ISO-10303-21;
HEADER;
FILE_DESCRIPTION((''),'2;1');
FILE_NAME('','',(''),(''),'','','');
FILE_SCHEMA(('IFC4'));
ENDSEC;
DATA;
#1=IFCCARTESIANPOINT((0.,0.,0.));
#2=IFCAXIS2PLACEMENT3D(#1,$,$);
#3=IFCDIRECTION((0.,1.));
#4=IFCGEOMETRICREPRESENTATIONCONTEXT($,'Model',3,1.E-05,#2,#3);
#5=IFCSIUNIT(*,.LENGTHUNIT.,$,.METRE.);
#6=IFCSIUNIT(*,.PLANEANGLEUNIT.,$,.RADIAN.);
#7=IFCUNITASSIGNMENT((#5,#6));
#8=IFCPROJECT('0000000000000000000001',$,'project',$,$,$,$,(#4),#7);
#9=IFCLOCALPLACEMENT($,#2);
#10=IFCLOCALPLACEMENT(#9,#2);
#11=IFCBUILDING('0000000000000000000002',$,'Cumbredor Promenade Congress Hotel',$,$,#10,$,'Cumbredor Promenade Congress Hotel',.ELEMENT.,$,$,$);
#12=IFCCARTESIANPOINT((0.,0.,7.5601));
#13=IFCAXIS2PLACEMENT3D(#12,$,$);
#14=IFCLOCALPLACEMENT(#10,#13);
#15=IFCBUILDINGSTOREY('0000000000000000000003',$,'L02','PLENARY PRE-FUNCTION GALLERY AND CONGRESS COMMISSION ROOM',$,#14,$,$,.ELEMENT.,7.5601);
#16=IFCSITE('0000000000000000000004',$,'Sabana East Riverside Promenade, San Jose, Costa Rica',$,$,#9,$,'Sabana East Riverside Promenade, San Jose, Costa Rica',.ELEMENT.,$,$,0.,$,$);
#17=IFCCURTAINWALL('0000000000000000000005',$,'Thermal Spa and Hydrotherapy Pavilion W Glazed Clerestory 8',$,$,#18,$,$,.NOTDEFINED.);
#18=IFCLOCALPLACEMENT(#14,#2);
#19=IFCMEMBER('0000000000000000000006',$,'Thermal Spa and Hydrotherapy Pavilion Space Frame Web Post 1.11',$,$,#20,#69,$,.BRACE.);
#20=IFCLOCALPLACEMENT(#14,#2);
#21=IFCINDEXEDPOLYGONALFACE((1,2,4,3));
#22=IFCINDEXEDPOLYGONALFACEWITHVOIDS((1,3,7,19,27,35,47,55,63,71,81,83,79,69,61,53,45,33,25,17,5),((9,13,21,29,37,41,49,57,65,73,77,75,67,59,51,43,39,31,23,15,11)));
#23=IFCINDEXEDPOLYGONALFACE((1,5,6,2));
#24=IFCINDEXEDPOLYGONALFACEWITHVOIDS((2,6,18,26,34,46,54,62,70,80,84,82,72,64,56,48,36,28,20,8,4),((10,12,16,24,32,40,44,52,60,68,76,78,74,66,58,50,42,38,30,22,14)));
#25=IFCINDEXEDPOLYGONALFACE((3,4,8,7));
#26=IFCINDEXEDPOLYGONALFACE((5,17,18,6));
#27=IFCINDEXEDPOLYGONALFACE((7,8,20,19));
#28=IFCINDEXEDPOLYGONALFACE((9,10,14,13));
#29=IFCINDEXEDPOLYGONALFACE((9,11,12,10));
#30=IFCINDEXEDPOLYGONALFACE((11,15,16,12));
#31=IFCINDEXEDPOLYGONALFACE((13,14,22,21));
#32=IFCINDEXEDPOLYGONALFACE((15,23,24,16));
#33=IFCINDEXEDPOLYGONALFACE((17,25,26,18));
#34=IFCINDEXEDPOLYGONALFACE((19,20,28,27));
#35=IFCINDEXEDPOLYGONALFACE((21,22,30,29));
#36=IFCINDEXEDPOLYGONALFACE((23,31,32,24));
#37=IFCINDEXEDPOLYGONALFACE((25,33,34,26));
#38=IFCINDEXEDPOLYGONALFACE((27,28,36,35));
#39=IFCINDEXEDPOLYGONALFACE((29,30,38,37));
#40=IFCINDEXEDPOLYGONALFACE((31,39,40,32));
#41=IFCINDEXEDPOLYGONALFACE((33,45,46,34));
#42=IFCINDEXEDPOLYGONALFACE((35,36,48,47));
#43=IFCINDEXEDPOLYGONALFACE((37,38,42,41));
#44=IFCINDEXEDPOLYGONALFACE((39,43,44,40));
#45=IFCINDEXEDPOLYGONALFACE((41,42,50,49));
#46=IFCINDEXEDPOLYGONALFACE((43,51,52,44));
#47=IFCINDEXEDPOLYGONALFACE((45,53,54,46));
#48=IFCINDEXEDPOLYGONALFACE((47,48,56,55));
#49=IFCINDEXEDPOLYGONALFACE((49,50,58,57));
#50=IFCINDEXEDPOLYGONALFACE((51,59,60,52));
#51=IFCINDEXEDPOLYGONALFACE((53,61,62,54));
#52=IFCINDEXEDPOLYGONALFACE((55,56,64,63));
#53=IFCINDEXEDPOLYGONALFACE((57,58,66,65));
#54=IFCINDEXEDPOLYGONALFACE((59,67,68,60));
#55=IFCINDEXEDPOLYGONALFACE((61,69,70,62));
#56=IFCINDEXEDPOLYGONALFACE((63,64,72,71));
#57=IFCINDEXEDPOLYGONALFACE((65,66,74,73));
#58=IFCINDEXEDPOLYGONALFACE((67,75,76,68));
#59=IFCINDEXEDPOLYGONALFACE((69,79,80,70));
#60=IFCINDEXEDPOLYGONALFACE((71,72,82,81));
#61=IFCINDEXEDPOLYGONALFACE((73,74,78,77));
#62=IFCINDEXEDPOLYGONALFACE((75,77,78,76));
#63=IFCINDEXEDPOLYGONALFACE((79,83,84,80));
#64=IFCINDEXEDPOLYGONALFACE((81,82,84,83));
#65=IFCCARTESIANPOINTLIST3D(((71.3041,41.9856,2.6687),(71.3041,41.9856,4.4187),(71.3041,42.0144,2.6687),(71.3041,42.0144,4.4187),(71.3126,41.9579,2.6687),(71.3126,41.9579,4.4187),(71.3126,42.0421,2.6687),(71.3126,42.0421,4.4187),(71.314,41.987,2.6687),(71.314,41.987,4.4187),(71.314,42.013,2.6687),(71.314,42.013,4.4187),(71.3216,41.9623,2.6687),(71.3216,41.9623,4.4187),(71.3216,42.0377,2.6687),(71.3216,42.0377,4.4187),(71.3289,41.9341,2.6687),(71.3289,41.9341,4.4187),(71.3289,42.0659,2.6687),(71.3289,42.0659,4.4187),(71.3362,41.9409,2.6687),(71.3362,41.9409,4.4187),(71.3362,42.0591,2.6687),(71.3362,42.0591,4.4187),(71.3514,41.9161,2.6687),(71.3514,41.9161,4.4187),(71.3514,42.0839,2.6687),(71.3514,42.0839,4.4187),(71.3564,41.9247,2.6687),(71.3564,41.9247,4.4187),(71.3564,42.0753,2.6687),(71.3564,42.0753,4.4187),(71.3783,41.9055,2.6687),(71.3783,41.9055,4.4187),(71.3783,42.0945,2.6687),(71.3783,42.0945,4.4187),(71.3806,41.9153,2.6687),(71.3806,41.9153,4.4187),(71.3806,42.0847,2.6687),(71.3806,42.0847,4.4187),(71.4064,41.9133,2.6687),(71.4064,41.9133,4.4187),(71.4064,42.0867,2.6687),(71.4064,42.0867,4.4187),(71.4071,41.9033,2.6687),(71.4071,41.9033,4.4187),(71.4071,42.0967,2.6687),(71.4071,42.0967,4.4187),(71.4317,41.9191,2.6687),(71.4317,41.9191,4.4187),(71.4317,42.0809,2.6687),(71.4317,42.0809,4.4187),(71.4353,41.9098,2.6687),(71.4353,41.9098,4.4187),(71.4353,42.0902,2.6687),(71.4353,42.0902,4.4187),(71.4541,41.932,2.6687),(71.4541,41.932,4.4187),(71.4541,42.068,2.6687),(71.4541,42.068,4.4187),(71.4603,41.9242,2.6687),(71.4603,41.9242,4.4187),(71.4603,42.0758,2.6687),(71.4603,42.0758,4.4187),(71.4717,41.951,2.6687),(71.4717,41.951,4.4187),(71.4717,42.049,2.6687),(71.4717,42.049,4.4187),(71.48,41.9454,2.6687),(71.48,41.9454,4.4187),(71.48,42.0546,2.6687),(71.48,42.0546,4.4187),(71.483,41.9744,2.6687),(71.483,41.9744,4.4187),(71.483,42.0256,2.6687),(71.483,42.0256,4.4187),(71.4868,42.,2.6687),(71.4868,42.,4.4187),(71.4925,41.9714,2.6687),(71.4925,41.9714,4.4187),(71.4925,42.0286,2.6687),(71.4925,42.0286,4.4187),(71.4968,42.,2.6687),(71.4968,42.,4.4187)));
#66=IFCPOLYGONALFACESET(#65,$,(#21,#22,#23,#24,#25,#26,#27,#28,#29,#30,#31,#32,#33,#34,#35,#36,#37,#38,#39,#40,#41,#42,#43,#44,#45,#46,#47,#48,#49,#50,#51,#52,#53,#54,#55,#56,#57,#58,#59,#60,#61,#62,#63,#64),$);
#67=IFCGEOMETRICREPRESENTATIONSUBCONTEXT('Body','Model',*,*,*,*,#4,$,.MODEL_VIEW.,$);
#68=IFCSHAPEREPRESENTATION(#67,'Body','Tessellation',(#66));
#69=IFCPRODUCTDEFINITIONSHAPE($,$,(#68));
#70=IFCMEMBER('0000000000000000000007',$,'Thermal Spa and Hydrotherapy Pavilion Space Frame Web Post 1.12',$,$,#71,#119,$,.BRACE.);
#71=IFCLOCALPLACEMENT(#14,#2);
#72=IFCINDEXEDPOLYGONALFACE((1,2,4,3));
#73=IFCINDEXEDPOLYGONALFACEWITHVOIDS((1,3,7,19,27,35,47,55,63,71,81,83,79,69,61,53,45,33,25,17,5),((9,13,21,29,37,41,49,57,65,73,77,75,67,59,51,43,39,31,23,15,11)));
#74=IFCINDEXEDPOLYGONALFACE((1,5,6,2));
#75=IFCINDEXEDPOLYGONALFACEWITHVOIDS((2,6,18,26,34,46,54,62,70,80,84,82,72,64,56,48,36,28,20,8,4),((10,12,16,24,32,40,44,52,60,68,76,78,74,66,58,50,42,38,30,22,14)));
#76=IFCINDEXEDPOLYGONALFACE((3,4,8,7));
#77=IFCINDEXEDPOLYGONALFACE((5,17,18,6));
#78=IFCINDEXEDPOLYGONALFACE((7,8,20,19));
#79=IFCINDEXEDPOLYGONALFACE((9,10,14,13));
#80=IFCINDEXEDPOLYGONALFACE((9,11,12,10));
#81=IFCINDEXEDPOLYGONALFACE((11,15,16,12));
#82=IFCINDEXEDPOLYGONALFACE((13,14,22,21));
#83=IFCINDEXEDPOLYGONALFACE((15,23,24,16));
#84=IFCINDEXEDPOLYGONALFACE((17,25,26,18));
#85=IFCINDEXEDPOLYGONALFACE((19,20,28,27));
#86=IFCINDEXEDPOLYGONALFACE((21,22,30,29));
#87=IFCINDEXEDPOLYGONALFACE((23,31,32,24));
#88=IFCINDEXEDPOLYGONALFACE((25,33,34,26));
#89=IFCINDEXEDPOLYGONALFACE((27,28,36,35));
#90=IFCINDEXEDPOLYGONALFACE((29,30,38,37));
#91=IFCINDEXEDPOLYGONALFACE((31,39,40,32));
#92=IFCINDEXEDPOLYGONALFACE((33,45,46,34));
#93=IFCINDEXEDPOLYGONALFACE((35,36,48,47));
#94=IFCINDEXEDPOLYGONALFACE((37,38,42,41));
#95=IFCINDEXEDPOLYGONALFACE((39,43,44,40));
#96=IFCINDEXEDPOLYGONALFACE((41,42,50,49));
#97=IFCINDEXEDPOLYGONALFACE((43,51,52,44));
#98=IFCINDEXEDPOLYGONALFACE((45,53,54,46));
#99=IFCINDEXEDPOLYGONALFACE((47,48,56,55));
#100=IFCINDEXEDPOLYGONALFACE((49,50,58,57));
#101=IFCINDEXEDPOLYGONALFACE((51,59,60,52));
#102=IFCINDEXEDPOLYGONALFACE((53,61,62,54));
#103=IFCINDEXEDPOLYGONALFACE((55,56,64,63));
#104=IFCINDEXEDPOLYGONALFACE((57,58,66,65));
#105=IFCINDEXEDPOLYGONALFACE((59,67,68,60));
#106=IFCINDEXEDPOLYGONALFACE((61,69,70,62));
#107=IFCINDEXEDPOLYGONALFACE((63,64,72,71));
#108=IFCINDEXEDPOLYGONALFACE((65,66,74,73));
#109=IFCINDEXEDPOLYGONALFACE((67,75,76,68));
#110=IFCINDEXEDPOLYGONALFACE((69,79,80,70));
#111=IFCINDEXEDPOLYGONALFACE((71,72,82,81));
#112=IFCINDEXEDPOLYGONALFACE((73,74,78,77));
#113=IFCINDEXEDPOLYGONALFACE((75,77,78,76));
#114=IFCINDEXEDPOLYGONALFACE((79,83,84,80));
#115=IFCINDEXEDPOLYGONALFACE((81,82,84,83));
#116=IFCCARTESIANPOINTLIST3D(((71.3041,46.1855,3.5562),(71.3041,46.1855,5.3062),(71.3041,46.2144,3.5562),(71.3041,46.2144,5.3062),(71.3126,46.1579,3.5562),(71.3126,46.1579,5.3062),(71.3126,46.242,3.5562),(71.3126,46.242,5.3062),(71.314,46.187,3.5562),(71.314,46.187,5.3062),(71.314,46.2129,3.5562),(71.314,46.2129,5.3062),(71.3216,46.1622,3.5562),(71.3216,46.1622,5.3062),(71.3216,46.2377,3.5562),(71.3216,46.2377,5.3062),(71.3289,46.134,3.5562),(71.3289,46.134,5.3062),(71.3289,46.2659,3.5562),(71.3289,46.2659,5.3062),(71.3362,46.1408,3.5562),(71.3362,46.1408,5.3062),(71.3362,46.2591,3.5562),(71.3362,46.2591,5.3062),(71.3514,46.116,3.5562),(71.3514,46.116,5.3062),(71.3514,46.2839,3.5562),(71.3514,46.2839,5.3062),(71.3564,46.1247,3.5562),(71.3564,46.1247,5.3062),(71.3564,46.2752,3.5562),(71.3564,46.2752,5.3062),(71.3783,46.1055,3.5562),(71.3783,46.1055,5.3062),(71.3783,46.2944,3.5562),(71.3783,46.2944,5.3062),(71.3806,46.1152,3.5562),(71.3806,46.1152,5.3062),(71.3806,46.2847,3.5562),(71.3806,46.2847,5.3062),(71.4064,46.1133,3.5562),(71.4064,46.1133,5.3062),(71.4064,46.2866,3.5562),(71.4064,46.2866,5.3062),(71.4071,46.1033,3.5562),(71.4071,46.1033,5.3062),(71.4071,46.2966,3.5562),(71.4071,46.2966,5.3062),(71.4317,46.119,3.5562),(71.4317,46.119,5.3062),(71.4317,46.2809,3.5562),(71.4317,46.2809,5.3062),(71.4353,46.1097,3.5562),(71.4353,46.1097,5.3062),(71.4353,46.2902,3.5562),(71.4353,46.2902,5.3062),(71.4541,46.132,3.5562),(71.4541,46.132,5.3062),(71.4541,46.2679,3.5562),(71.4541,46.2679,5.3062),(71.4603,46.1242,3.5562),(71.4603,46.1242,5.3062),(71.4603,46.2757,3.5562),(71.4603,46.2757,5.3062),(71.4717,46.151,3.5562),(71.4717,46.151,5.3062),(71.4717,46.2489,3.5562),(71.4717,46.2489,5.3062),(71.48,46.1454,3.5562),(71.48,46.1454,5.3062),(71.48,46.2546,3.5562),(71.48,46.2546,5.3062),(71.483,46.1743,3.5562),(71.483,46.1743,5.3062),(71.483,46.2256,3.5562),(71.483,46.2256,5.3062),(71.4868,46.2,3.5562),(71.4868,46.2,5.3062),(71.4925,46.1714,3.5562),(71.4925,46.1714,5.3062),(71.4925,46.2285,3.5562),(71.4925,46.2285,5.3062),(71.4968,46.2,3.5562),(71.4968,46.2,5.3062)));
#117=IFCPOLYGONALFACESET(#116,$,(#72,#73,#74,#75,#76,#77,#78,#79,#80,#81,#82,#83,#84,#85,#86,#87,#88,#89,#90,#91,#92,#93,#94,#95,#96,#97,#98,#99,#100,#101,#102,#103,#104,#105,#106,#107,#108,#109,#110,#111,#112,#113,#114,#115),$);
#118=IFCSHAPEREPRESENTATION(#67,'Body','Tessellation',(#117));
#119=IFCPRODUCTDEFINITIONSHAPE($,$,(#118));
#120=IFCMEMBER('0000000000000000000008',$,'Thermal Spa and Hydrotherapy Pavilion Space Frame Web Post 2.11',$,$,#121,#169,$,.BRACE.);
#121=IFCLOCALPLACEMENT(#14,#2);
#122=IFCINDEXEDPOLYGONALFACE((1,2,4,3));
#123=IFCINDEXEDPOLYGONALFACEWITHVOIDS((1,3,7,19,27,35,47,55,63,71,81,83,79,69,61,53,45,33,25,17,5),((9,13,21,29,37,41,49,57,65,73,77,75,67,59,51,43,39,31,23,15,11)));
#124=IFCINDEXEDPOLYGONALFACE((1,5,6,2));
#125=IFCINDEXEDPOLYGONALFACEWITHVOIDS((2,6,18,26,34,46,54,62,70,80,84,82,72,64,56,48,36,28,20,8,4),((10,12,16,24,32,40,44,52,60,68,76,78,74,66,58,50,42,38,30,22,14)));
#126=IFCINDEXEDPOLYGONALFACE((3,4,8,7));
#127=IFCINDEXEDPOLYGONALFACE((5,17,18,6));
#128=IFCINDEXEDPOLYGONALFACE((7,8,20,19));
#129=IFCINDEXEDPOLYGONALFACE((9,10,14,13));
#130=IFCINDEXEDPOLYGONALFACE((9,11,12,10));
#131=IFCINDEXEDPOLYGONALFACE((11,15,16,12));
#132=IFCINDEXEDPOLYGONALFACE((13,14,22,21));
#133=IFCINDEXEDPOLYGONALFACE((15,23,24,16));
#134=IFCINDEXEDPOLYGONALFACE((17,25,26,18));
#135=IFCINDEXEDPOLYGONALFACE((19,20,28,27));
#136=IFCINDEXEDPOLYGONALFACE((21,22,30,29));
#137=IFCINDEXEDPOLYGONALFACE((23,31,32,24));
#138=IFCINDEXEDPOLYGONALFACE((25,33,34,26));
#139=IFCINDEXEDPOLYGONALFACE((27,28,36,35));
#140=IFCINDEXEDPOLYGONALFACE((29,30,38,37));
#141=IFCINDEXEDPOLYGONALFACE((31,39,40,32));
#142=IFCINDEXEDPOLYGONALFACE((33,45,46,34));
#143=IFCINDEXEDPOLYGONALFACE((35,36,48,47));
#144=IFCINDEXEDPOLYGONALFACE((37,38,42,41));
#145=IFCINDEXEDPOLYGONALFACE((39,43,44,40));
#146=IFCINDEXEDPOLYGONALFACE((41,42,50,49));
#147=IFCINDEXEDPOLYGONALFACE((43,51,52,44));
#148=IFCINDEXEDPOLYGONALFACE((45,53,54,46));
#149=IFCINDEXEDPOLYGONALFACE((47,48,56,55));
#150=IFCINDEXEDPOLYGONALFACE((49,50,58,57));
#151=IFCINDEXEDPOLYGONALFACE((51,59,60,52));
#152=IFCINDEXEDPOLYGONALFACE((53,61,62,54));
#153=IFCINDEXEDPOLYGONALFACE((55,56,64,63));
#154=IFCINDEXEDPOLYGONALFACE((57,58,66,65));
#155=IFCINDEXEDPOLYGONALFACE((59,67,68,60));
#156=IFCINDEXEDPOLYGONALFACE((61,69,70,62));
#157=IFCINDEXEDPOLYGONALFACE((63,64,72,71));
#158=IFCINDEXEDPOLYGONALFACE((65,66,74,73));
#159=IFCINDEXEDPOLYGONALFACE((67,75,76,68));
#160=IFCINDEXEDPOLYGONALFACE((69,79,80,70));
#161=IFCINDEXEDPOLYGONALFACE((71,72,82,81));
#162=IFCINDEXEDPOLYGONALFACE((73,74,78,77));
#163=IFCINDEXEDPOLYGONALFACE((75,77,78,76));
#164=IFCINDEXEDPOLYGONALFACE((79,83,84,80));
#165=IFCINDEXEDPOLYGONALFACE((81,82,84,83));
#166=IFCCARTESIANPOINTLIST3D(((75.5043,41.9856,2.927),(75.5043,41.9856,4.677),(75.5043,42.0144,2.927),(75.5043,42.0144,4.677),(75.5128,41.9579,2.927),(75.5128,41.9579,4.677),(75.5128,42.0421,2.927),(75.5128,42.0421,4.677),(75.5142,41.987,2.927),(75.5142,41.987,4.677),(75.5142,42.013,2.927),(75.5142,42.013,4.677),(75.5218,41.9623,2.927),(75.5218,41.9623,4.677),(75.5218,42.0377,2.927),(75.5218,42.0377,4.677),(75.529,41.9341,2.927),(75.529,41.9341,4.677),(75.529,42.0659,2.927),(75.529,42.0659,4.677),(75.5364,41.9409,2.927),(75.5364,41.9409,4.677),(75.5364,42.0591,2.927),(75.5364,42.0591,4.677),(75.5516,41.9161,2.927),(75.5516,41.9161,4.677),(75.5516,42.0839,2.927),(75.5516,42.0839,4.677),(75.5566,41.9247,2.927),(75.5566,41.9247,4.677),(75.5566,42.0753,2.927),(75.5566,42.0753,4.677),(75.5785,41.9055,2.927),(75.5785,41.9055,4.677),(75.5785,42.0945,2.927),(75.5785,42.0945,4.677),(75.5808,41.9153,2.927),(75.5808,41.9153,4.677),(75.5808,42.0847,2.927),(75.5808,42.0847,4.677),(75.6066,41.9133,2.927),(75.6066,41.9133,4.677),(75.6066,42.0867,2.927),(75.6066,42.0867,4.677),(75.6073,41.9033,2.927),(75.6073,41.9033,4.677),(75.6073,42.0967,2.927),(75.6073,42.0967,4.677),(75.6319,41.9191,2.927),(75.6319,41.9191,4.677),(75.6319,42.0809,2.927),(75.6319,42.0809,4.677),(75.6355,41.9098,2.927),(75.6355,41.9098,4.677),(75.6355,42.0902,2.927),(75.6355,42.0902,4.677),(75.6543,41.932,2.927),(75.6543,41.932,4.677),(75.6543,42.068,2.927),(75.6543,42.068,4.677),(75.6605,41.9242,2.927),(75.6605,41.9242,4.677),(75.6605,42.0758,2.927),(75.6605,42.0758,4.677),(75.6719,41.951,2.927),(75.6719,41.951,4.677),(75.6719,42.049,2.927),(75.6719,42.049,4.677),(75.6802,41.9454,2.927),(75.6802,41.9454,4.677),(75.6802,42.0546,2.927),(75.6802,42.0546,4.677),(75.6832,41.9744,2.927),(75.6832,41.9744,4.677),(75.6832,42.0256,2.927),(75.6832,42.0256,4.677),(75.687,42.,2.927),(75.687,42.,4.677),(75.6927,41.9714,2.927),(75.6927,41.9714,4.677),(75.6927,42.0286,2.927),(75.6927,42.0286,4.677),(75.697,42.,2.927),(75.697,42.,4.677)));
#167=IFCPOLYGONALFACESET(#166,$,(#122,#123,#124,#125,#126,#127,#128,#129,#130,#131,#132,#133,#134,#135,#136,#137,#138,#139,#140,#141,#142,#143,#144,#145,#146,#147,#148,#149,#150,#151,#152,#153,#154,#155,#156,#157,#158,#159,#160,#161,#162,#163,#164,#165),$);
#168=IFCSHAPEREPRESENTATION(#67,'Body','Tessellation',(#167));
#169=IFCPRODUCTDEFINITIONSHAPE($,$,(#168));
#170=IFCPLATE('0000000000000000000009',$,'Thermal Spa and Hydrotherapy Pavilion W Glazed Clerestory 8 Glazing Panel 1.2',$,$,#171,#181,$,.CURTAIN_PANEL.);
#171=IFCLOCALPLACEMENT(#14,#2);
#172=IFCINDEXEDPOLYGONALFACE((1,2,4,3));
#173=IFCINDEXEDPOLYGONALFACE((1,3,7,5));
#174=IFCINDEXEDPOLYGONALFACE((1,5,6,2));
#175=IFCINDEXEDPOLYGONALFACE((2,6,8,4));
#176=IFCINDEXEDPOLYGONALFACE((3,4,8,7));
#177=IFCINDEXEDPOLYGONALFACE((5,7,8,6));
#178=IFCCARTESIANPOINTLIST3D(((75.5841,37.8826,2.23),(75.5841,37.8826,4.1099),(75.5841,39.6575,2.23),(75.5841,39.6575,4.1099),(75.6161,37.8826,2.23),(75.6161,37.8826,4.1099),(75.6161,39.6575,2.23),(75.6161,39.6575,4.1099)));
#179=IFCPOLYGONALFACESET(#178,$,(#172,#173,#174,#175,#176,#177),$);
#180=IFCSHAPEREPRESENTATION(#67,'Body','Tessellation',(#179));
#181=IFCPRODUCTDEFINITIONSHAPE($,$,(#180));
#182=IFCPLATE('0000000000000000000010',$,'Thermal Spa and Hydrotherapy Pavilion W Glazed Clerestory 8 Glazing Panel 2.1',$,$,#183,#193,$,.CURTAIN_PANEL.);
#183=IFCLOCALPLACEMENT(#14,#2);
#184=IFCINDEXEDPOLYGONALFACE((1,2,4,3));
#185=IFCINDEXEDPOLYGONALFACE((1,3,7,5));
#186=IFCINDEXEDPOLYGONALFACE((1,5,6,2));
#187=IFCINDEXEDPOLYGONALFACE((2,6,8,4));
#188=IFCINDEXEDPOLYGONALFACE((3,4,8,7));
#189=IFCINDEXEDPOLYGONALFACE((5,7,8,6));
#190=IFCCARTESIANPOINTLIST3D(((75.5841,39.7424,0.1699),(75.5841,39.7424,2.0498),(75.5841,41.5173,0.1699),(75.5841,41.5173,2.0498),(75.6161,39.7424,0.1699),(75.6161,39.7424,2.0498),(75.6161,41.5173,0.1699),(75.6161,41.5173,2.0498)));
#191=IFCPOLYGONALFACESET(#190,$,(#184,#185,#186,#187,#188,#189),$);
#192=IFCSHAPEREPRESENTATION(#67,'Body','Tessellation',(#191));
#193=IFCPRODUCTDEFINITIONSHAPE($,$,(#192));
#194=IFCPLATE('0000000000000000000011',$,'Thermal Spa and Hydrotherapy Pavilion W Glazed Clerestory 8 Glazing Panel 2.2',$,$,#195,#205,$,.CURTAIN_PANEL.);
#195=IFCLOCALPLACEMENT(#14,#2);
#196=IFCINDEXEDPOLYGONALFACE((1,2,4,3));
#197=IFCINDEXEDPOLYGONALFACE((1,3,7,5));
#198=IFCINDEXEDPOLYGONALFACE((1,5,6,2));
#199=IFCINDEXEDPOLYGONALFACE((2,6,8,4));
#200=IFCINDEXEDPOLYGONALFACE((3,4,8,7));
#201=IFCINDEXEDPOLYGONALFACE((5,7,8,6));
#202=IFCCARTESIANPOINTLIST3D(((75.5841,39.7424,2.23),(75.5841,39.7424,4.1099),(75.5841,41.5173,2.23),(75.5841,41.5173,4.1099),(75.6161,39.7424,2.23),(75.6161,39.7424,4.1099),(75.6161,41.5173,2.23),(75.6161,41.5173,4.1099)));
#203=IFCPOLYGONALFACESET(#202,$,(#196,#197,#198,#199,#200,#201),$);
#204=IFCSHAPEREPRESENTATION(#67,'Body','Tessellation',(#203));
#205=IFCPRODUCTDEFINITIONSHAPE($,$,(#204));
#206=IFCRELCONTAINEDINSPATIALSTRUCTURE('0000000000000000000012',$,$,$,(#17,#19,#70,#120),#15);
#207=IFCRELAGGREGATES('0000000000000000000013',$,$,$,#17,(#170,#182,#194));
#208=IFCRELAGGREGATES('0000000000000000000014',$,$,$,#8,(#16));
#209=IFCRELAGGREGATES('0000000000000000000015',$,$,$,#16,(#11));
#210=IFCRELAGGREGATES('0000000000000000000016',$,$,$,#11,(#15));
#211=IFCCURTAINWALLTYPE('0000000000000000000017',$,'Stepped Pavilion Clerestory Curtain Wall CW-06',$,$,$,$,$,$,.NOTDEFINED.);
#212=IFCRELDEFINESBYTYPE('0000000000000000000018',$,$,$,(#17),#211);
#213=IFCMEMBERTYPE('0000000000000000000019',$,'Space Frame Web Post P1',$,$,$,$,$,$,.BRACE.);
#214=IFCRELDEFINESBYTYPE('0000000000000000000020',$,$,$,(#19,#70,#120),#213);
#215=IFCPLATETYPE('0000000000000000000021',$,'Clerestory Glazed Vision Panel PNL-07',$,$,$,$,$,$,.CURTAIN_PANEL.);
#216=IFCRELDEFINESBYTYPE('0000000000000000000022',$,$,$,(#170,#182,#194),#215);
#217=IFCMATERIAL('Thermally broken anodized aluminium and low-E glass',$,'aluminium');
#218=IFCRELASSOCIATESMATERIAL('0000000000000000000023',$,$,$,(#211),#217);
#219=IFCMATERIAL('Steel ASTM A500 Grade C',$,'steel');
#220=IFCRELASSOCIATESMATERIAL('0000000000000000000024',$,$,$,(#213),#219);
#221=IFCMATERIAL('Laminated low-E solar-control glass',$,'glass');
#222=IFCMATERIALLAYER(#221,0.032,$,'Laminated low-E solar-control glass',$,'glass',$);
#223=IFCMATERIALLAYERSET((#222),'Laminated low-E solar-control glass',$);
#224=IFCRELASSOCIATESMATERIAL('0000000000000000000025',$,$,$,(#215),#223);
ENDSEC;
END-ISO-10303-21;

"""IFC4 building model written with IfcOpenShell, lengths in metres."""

from ifc_helpers import new_model, si_unit, direction, frame, origin, origin_2d, place, context, subcontext, project, spatial, rectangle, hollow_circle, extrude, material, layer, layer_set, material_profile, profile_set, type_object, element, aggregate, save


model = new_model("IFC4")

# Units and contexts
model_context = context("Model", 3, precision=1e-05, world=origin(), true_north=direction((0.0, 1.0)))
body_context = subcontext(model_context, "Body", "Model", "MODEL_VIEW")
ifc_project = project(units=[si_unit("LENGTHUNIT", "METRE"), si_unit("PLANEANGLEUNIT", "RADIAN")], contexts=[model_context])

# Site, building, storey
site_placement = place(None, origin())
site = spatial("IfcSite", under=ifc_project, at=site_placement, Name="Sabana East Riverside Promenade, San Jose, Costa Rica", LongName="Sabana East Riverside Promenade, San Jose, Costa Rica", CompositionType="ELEMENT", RefElevation=0.0)
building_placement = place(site_placement, origin())
building = spatial("IfcBuilding", under=site, at=building_placement, Name="Cumbredor Promenade Congress Hotel", LongName="Cumbredor Promenade Congress Hotel", CompositionType="ELEMENT")
storey_placement = place(building_placement, frame((0.0, 0.0, 7.5601)))
storey = spatial("IfcBuildingStorey", under=building, at=storey_placement, Name="L02", Description="PLENARY PRE-FUNCTION GALLERY AND CONGRESS COMMISSION ROOM", CompositionType="ELEMENT", Elevation=7.5601)

# Curtain wall
ifc_material_1 = material(Name="Thermally broken anodized aluminium and low-E glass", Category="aluminium")
curtain_wall_type = type_object("IfcCurtainWallType", Name="Stepped Pavilion Clerestory Curtain Wall CW-06", PredefinedType="NOTDEFINED", material=ifc_material_1)
curtain_wall_placement = place(storey_placement, origin())
curtain_wall = element("IfcCurtainWall", 1, at=curtain_wall_placement, inside=storey, type_object=curtain_wall_type, Name="Thermal Spa and Hydrotherapy Pavilion W Glazed Clerestory 8", PredefinedType="NOTDEFINED")

# Members
ifc_material_2 = material(Name="Steel ASTM A500 Grade C", Category="steel")
ifc_material_profile_1 = material_profile(ifc_material_2, hollow_circle(Radius=0.0969, WallThickness=0.01, at=origin_2d()), Name="CHS 193.7x10")
ifc_profile_set_1 = profile_set([ifc_material_profile_1], Name="Steel ASTM A500 Grade C")
member_type_1 = type_object("IfcMemberType", Name="Space Frame Web Post P1", PredefinedType="BRACE", material=ifc_profile_set_1)
for number, where, z_axis, x_axis, name in (
    (2, (71.3999, 42.0, 2.6687), (0.0, 0.0, 1.0), (1.0, 0.0, 0.0), "Thermal Spa and Hydrotherapy Pavilion Space Frame Web Post 1.11"),
    (3, (71.3999, 46.2, 3.5562), (0.0, 0.0, 1.0), (1.0, 0.0, 0.0), "Thermal Spa and Hydrotherapy Pavilion Space Frame Web Post 1.12"),
    (4, (75.6001, 42.0, 2.927), (0.0, 0.0, 1.0), (1.0, 0.0, 0.0), "Thermal Spa and Hydrotherapy Pavilion Space Frame Web Post 2.11"),
):
    element("IfcMember", number, at=place(storey_placement, frame(where, z_axis=z_axis, x_axis=x_axis)), inside=storey, type_object=member_type_1, Name=name, PredefinedType="BRACE", context=body_context, shape_type="SweptSolid", body=[
        extrude(hollow_circle(Radius=0.0969, WallThickness=0.01, at=origin_2d()), origin(), (0.0, 0.0, 1.0), 1.75),
    ])

# Plates
ifc_material_3 = material(Name="Laminated low-E solar-control glass", Category="glass")
ifc_layer_1 = layer(ifc_material_3, 0.032, Name="Laminated low-E solar-control glass", Category="glass")
ifc_layer_set_1 = layer_set([ifc_layer_1], Name="Laminated low-E solar-control glass")
plate_type_1 = type_object("IfcPlateType", Name="Clerestory Glazed Vision Panel PNL-07", PredefinedType="CURTAIN_PANEL", material=ifc_layer_set_1)
plate_1_placement = place(storey_placement, frame((75.6001, 38.77, 2.23), z_axis=(0.0, 0.0, 1.0), x_axis=(0.0, 1.0, 0.0)))
plate_1 = element("IfcPlate", 5, at=plate_1_placement, type_object=plate_type_1, Name="Thermal Spa and Hydrotherapy Pavilion W Glazed Clerestory 8 Glazing Panel 1.2", PredefinedType="CURTAIN_PANEL", context=body_context, shape_type="SweptSolid", body=[
    extrude(rectangle(XDim=1.7749, YDim=0.032, at=origin_2d()), origin(), (0.0, 0.0, 1.0), 1.8799),
])
plate_2_placement = place(storey_placement, frame((75.6001, 40.6299, 0.1699), z_axis=(0.0, 0.0, 1.0), x_axis=(0.0, 1.0, 0.0)))
plate_2 = element("IfcPlate", 6, at=plate_2_placement, type_object=plate_type_1, Name="Thermal Spa and Hydrotherapy Pavilion W Glazed Clerestory 8 Glazing Panel 2.1", PredefinedType="CURTAIN_PANEL", context=body_context, shape_type="SweptSolid", body=[
    extrude(rectangle(XDim=1.7749, YDim=0.032, at=origin_2d()), origin(), (0.0, 0.0, 1.0), 1.8799),
])
plate_3_placement = place(storey_placement, frame((75.6001, 40.6299, 2.23), z_axis=(0.0, 0.0, 1.0), x_axis=(0.0, 1.0, 0.0)))
plate_3 = element("IfcPlate", 7, at=plate_3_placement, type_object=plate_type_1, Name="Thermal Spa and Hydrotherapy Pavilion W Glazed Clerestory 8 Glazing Panel 2.2", PredefinedType="CURTAIN_PANEL", context=body_context, shape_type="SweptSolid", body=[
    extrude(rectangle(XDim=1.7749, YDim=0.032, at=origin_2d()), origin(), (0.0, 0.0, 1.0), 1.8799),
])
aggregate(curtain_wall, [plate_1, plate_2, plate_3])

save(model, "model.ifc")
